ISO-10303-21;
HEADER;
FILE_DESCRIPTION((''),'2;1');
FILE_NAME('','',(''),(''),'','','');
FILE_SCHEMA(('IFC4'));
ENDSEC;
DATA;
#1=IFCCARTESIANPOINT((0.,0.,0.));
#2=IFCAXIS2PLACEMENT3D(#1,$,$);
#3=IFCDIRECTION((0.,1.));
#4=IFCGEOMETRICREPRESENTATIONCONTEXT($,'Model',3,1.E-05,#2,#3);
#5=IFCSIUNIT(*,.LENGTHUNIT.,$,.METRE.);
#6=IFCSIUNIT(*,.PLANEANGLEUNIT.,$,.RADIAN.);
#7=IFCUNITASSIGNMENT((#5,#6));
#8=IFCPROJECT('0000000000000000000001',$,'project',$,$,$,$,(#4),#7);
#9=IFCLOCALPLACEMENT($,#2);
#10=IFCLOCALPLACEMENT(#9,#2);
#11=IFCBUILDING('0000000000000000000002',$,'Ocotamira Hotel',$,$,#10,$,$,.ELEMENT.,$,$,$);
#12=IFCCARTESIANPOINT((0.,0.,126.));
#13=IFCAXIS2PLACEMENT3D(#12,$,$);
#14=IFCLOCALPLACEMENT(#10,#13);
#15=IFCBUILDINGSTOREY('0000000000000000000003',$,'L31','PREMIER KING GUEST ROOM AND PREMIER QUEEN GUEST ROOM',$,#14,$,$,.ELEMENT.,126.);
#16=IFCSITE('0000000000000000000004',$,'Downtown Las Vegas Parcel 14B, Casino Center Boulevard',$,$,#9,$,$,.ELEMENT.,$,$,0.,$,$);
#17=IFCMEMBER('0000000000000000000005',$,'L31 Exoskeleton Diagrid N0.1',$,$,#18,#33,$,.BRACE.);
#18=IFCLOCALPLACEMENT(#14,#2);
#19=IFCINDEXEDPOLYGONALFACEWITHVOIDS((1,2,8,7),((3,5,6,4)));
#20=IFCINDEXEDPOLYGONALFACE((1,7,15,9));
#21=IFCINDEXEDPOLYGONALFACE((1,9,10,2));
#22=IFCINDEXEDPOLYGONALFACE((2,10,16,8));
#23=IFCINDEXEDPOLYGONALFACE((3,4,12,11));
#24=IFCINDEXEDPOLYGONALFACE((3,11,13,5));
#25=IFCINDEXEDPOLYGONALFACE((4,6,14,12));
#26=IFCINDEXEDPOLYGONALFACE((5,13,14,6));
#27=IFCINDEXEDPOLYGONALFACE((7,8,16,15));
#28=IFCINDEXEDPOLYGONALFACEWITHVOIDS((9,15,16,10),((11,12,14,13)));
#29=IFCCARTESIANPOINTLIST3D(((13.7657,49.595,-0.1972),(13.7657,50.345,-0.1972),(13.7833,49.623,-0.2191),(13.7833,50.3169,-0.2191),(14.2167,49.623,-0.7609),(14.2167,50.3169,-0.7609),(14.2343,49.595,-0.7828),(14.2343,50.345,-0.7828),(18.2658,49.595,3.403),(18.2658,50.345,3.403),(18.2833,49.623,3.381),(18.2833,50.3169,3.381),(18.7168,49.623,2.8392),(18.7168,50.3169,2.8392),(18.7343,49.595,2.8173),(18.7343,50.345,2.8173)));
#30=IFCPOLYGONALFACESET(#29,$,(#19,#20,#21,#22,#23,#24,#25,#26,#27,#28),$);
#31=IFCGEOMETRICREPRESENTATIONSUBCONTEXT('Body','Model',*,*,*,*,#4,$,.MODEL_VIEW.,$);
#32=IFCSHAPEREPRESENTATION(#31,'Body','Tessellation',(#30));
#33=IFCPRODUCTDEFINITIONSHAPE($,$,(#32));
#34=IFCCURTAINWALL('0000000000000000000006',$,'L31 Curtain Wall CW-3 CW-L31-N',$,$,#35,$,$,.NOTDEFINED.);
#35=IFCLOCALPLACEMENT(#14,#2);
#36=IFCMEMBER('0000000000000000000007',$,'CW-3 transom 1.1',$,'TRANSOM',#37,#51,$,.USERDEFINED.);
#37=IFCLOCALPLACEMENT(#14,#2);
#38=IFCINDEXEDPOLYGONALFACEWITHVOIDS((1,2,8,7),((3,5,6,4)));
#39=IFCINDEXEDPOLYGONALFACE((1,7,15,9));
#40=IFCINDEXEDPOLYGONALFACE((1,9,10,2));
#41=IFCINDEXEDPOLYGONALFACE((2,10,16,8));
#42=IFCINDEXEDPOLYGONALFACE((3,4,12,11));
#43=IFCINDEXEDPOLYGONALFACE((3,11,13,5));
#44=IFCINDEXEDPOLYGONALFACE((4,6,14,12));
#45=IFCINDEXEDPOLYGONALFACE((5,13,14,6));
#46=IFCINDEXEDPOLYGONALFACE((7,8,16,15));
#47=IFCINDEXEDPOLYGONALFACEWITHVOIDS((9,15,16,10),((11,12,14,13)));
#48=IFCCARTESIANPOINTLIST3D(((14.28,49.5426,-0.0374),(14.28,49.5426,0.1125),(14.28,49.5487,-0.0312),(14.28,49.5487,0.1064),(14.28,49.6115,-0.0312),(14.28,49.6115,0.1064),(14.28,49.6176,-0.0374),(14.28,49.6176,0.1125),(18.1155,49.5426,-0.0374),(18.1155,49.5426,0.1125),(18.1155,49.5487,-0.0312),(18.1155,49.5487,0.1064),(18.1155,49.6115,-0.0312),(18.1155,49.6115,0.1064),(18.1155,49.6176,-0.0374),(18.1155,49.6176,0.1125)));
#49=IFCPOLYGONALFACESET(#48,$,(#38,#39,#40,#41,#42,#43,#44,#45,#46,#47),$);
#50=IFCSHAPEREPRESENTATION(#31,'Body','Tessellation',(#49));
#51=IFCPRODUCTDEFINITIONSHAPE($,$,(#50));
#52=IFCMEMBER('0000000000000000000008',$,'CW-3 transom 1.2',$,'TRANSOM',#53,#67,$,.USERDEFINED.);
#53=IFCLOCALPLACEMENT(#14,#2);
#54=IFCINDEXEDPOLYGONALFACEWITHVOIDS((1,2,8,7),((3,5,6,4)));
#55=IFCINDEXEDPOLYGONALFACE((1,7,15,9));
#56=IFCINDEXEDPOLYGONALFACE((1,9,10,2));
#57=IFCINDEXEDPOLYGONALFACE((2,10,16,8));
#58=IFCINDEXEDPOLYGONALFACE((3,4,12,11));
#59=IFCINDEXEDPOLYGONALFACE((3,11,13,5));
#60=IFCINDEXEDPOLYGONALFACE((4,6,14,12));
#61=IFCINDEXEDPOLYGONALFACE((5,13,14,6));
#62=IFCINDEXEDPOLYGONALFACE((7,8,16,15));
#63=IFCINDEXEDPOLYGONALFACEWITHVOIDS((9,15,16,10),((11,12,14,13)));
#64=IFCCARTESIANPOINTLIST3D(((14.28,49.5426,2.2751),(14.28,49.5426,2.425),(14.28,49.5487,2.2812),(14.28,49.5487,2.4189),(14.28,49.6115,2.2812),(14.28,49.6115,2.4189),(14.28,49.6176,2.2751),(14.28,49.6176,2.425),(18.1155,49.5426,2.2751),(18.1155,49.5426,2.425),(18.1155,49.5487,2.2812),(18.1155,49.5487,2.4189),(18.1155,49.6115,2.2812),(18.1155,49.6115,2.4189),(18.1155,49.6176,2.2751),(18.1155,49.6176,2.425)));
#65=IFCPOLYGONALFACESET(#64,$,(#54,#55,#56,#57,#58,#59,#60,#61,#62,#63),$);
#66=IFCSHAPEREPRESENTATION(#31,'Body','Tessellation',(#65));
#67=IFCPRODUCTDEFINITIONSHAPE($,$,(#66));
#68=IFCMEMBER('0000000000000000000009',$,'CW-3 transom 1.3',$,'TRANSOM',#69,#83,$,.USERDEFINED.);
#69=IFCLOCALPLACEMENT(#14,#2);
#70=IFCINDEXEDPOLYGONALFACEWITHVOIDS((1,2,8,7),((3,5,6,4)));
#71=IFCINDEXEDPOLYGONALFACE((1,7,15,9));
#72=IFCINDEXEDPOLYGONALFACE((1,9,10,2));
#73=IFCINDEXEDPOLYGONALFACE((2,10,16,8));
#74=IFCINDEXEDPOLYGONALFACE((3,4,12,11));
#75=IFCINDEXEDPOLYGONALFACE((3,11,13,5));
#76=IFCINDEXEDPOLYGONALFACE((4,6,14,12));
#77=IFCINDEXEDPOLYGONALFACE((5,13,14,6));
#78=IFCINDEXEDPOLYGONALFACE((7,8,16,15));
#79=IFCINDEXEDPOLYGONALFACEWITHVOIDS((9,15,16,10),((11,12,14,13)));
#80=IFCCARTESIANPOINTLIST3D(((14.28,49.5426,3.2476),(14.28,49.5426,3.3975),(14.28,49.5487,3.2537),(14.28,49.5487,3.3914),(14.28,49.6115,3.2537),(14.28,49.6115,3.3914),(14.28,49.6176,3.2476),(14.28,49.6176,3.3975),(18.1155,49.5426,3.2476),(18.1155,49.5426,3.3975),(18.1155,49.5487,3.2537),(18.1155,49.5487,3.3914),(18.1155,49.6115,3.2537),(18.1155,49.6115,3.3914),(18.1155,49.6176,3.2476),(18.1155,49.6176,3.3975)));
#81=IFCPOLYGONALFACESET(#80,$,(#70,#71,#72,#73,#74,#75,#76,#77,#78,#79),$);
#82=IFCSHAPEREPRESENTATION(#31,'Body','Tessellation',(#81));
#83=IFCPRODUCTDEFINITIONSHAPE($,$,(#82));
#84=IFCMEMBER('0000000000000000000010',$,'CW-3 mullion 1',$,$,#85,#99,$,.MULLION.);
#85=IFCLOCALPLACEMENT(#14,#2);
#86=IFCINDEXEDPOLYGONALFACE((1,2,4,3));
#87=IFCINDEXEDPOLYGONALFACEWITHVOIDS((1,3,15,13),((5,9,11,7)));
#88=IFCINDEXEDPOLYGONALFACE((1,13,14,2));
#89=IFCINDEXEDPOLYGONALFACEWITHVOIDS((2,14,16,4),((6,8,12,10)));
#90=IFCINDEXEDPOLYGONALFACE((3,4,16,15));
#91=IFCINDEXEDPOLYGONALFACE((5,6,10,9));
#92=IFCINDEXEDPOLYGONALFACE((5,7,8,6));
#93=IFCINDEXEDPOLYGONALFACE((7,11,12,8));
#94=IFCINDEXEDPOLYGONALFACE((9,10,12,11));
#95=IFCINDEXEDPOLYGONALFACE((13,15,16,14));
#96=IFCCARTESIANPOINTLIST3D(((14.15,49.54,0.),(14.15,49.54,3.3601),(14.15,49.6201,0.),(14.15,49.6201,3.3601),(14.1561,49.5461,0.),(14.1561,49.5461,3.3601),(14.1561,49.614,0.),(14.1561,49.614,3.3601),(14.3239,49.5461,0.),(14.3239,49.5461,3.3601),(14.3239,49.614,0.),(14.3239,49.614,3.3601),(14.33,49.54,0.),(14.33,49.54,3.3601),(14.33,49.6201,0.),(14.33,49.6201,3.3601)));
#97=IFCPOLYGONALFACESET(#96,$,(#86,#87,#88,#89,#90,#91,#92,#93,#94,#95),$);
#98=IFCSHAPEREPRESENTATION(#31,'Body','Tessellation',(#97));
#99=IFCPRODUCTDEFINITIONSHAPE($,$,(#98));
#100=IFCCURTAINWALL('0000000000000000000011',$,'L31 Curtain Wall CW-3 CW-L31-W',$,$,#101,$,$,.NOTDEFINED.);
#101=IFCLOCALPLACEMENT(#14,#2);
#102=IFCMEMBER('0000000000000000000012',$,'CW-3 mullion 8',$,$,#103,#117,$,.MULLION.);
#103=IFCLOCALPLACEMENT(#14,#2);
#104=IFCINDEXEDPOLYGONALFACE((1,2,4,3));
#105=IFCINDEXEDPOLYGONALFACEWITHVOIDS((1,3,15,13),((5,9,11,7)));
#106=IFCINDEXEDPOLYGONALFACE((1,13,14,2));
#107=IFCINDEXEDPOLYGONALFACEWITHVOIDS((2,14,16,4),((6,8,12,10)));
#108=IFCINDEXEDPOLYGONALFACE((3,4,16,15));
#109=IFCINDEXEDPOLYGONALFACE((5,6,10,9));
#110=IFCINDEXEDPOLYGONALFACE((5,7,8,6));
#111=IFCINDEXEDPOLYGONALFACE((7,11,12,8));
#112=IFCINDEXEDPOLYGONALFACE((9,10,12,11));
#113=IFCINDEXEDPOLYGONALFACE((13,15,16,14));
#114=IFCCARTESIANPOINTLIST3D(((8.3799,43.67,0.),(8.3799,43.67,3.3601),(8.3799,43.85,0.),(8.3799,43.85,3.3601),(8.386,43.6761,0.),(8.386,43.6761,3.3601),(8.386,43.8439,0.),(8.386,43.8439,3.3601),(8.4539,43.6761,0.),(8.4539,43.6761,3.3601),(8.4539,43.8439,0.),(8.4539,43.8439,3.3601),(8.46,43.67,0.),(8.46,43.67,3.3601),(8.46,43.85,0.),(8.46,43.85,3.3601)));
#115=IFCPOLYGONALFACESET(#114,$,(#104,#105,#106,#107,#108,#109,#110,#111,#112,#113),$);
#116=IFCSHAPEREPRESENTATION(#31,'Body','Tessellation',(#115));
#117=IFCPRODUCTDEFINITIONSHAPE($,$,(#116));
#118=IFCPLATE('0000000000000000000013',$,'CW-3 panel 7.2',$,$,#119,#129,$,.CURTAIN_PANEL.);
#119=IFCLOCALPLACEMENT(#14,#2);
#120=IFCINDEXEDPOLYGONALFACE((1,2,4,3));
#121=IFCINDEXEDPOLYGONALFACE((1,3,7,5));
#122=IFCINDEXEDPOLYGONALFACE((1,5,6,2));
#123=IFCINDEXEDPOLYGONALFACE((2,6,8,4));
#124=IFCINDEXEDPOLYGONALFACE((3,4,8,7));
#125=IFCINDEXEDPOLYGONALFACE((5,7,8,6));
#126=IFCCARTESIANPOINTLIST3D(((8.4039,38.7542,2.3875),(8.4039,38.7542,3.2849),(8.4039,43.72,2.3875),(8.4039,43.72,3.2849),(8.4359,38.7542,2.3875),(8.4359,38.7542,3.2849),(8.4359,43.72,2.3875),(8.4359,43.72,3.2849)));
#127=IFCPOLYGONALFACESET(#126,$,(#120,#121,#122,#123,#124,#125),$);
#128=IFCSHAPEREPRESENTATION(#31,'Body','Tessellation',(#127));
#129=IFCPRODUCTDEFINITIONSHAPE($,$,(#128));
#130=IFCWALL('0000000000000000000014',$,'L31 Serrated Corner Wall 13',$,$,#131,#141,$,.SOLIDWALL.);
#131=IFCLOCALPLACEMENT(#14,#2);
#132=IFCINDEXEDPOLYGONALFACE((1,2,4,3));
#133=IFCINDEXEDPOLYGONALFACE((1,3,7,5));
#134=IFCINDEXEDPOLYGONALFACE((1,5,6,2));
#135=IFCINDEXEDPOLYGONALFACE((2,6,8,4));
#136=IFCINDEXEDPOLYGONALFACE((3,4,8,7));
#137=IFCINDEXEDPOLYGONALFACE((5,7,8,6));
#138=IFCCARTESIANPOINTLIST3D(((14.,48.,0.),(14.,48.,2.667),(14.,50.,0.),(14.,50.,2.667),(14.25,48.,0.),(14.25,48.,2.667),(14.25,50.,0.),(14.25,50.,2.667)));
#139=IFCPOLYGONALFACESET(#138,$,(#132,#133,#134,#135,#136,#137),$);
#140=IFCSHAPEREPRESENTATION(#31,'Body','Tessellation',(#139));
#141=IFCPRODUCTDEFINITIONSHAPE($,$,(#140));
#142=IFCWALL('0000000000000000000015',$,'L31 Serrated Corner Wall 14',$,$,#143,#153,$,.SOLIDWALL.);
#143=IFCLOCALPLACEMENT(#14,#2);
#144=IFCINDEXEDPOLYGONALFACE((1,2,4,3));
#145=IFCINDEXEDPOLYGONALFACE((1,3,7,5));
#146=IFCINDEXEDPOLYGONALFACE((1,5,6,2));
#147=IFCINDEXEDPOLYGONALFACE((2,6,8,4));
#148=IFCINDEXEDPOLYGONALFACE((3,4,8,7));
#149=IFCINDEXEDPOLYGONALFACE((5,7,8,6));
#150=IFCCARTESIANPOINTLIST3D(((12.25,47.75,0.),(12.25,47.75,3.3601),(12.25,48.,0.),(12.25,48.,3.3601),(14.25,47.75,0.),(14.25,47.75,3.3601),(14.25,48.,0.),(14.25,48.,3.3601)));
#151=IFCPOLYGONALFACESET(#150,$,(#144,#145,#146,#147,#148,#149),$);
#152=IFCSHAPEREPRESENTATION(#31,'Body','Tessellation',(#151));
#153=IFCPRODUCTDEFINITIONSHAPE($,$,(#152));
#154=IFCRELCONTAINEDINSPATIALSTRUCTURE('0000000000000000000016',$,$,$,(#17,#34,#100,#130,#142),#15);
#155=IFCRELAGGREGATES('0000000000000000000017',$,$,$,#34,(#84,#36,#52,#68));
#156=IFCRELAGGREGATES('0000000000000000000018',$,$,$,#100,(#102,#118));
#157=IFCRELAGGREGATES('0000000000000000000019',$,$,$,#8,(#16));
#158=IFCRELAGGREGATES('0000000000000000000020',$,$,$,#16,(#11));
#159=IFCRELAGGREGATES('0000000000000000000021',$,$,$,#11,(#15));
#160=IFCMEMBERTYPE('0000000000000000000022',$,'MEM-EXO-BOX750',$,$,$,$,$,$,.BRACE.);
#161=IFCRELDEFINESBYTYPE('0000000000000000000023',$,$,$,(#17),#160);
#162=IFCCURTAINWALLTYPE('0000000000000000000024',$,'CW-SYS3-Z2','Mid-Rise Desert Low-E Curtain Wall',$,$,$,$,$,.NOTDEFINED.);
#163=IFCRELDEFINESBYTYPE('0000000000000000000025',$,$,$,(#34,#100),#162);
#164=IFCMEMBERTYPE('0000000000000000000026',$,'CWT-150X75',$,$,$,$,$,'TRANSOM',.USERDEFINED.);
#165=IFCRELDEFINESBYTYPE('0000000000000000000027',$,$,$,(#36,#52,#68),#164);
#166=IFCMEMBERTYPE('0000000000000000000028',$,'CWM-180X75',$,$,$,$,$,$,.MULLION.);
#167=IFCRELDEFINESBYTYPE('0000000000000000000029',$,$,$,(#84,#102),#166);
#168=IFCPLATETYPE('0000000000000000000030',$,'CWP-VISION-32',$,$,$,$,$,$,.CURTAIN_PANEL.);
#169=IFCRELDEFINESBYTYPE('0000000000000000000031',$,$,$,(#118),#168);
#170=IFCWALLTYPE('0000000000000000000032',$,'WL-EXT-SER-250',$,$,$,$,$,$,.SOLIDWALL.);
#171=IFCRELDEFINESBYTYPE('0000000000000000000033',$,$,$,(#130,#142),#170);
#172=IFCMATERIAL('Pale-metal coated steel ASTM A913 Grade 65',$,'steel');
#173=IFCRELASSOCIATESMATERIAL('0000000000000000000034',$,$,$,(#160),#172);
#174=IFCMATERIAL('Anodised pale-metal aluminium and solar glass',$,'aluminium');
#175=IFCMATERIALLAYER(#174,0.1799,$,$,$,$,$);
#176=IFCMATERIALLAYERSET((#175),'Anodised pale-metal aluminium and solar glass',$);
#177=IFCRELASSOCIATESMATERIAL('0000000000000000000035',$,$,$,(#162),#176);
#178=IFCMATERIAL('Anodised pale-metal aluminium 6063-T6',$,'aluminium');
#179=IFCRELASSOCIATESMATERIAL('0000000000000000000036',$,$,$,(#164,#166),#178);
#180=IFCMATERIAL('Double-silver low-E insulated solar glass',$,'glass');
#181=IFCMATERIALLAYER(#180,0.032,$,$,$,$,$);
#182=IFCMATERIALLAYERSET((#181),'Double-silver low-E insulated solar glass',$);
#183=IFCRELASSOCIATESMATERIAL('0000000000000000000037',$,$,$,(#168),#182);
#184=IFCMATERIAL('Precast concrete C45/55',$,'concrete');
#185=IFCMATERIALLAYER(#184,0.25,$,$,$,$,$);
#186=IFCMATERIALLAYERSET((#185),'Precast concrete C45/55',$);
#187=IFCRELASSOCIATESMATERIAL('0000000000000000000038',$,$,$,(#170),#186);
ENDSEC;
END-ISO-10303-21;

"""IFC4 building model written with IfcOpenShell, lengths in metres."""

from ifc_helpers import new_model, si_unit, direction, frame, frame_2d, origin, origin_2d, place, context, subcontext, project, spatial, rectangle, hollow_rectangle, extrude, source, transform, mapped, material, layer, layer_set, material_profile, profile_set, type_object, element, aggregate, save


model = new_model("IFC4")

# Units and contexts
model_context = context("Model", 3, precision=1e-05, world=origin(), true_north=direction((0.0, 1.0)))
body_context = subcontext(model_context, "Body", "Model", "MODEL_VIEW")
ifc_project = project(units=[si_unit("LENGTHUNIT", "METRE"), si_unit("PLANEANGLEUNIT", "RADIAN")], contexts=[model_context])

# Site, building, storey
site_placement = place(None, origin())
site = spatial("IfcSite", under=ifc_project, at=site_placement, Name="Downtown Las Vegas Parcel 14B, Casino Center Boulevard", CompositionType="ELEMENT", RefElevation=0.0)
building_placement = place(site_placement, origin())
building = spatial("IfcBuilding", under=site, at=building_placement, Name="Ocotamira Hotel", CompositionType="ELEMENT")
storey_placement = place(building_placement, frame((0.0, 0.0, 126.0)))
storey = spatial("IfcBuildingStorey", under=building, at=storey_placement, Name="L31", Description="PREMIER KING GUEST ROOM AND PREMIER QUEEN GUEST ROOM", CompositionType="ELEMENT", Elevation=126.0)

# Member
ifc_material_1 = material(Name="Pale-metal coated steel ASTM A913 Grade 65", Category="steel")
ifc_material_profile_1 = material_profile(ifc_material_1, hollow_rectangle(XDim=0.75, YDim=0.75, WallThickness=0.0281, at=origin_2d()), Name="BOX750X750X28")
ifc_profile_set_1 = profile_set([ifc_material_profile_1], Name="Pale-metal coated steel ASTM A913 Grade 65")
member_type_1 = type_object("IfcMemberType", Name="MEM-EXO-BOX750", PredefinedType="BRACE", material=ifc_profile_set_1)
shared_shape_1 = source(origin(), body_context, "Body", "SweptSolid", [
    extrude(hollow_rectangle(XDim=0.75, YDim=0.75, WallThickness=0.0281, at=origin_2d()), origin(), (0.0, 0.0, 1.0), 5.7629),
])
member_1_placement = place(storey_placement, frame((14.0, 49.97, -0.49), z_axis=(0.780861, 0.0, 0.624705), x_axis=(0.0, 1.0, 0.0)))
element("IfcMember", 1, at=member_1_placement, inside=storey, type_object=member_type_1, Name="L31 Exoskeleton Diagrid N0.1", PredefinedType="BRACE", context=body_context, shape_type="MappedRepresentation", body=[
    mapped(shared_shape_1, transform((0.0, 0.0, 0.0), scale=1.0)),
])

# Curtain wall, members
ifc_material_2 = material(Name="Anodised pale-metal aluminium and solar glass", Category="aluminium")
ifc_layer_1 = layer(ifc_material_2, 0.1799)
ifc_layer_set_1 = layer_set([ifc_layer_1], Name="Anodised pale-metal aluminium and solar glass")
curtain_wall_type = type_object("IfcCurtainWallType", Name="CW-SYS3-Z2", Description="Mid-Rise Desert Low-E Curtain Wall", PredefinedType="NOTDEFINED", material=ifc_layer_set_1)
curtain_wall_1_placement = place(storey_placement, origin())
curtain_wall_1 = element("IfcCurtainWall", 2, at=curtain_wall_1_placement, inside=storey, type_object=curtain_wall_type, Name="L31 Curtain Wall CW-3 CW-L31-N", PredefinedType="NOTDEFINED")
ifc_material_3 = material(Name="Anodised pale-metal aluminium 6063-T6", Category="aluminium")
ifc_material_profile_2 = material_profile(ifc_material_3, hollow_rectangle(XDim=0.075, YDim=0.1499, WallThickness=0.0061, at=origin_2d()), Name="HSS150X75X6")
ifc_profile_set_2 = profile_set([ifc_material_profile_2], Name="Anodised pale-metal aluminium 6063-T6")
member_type_2 = type_object("IfcMemberType", Name="CWT-150X75", ElementType="TRANSOM", PredefinedType="USERDEFINED", material=ifc_profile_set_2)
shared_shape_2 = source(origin(), body_context, "Body", "SweptSolid", [
    extrude(hollow_rectangle(XDim=0.075, YDim=0.1499, WallThickness=0.0061, at=origin_2d()), origin(), (0.0, 0.0, 1.0), 3.8354),
])
member_2_placement = place(storey_placement, frame((14.28, 49.5801, 0.0376), z_axis=(1.0, 0.0, 0.0), x_axis=(0.0, 1.0, 0.0)))
member_2 = element("IfcMember", 3, at=member_2_placement, type_object=member_type_2, Name="CW-3 transom 1.1", ObjectType="TRANSOM", PredefinedType="USERDEFINED", context=body_context, shape_type="MappedRepresentation", body=[
    mapped(shared_shape_2, transform((0.0, 0.0, 0.0), scale=1.0)),
])
member_3_placement = place(storey_placement, frame((14.28, 49.5801, 2.3501), z_axis=(1.0, 0.0, 0.0), x_axis=(0.0, 1.0, 0.0)))
member_3 = element("IfcMember", 4, at=member_3_placement, type_object=member_type_2, Name="CW-3 transom 1.2", ObjectType="TRANSOM", PredefinedType="USERDEFINED", context=body_context, shape_type="MappedRepresentation", body=[
    mapped(shared_shape_2, transform((0.0, 0.0, 0.0), scale=1.0)),
])
member_4_placement = place(storey_placement, frame((14.28, 49.5801, 3.3225), z_axis=(1.0, 0.0, 0.0), x_axis=(0.0, 1.0, 0.0)))
member_4 = element("IfcMember", 5, at=member_4_placement, type_object=member_type_2, Name="CW-3 transom 1.3", ObjectType="TRANSOM", PredefinedType="USERDEFINED", context=body_context, shape_type="MappedRepresentation", body=[
    mapped(shared_shape_2, transform((0.0, 0.0, 0.0), scale=1.0)),
])
ifc_material_profile_3 = material_profile(ifc_material_3, hollow_rectangle(XDim=0.0801, YDim=0.1799, WallThickness=0.0061, at=origin_2d()), Name="HSS180X80X6")
ifc_profile_set_3 = profile_set([ifc_material_profile_3], Name="Anodised pale-metal aluminium 6063-T6")
member_type_3 = type_object("IfcMemberType", Name="CWM-180X75", PredefinedType="MULLION", material=ifc_profile_set_3)
shared_shape_3 = source(origin(), body_context, "Body", "SweptSolid", [
    extrude(hollow_rectangle(XDim=0.0801, YDim=0.1799, WallThickness=0.0061, at=origin_2d()), origin(), (0.0, 0.0, 1.0), 3.3601),
])
member_5_placement = place(storey_placement, frame((14.24, 49.5801, 0.0), z_axis=(0.0, 0.0, 1.0), x_axis=(0.0, 1.0, 0.0)))
member_5 = element("IfcMember", 6, at=member_5_placement, type_object=member_type_3, Name="CW-3 mullion 1", PredefinedType="MULLION", context=body_context, shape_type="MappedRepresentation", body=[
    mapped(shared_shape_3, transform((0.0, 0.0, 0.0), scale=1.0)),
])
aggregate(curtain_wall_1, [member_5, member_2, member_3, member_4])

# Curtain wall, member, plate
curtain_wall_2_placement = place(storey_placement, origin())
curtain_wall_2 = element("IfcCurtainWall", 7, at=curtain_wall_2_placement, inside=storey, type_object=curtain_wall_type, Name="L31 Curtain Wall CW-3 CW-L31-W", PredefinedType="NOTDEFINED")
member_6_placement = place(storey_placement, frame((8.4199, 43.76, 0.0), z_axis=(0.0, 0.0, 1.0), x_axis=(-1.0, 0.0, 0.0)))
member_6 = element("IfcMember", 8, at=member_6_placement, type_object=member_type_3, Name="CW-3 mullion 8", PredefinedType="MULLION", context=body_context, shape_type="MappedRepresentation", body=[
    mapped(shared_shape_3, transform((0.0, 0.0, 0.0), scale=1.0)),
])
ifc_material_4 = material(Name="Double-silver low-E insulated solar glass", Category="glass")
ifc_layer_2 = layer(ifc_material_4, 0.032)
ifc_layer_set_2 = layer_set([ifc_layer_2], Name="Double-silver low-E insulated solar glass")
plate_type = type_object("IfcPlateType", Name="CWP-VISION-32", PredefinedType="CURTAIN_PANEL", material=ifc_layer_set_2)
shared_shape_4 = source(origin(), body_context, "Body", "SweptSolid", [
    extrude(rectangle(XDim=4.9658, YDim=0.032, at=origin_2d()), origin(), (0.0, 0.0, 1.0), 0.8975),
])
plate_placement = place(storey_placement, frame((8.4199, 41.2371, 2.3875), z_axis=(0.0, 0.0, 1.0), x_axis=(0.0, 1.0, 0.0)))
plate = element("IfcPlate", 9, at=plate_placement, type_object=plate_type, Name="CW-3 panel 7.2", PredefinedType="CURTAIN_PANEL", context=body_context, shape_type="MappedRepresentation", body=[
    mapped(shared_shape_4, transform((0.0, 0.0, 0.0), scale=1.0)),
])
aggregate(curtain_wall_2, [member_6, plate])

# Walls
ifc_material_5 = material(Name="Precast concrete C45/55", Category="concrete")
ifc_layer_3 = layer(ifc_material_5, 0.25)
ifc_layer_set_3 = layer_set([ifc_layer_3], Name="Precast concrete C45/55")
wall_type_1 = type_object("IfcWallType", Name="WL-EXT-SER-250", PredefinedType="SOLIDWALL", material=ifc_layer_set_3)
wall_1_placement = place(storey_placement, frame((14.125, 50.0, 0.0), z_axis=(0.0, 0.0, 1.0), x_axis=(0.0, -1.0, 0.0)))
element("IfcWall", 10, at=wall_1_placement, inside=storey, type_object=wall_type_1, Name="L31 Serrated Corner Wall 13", PredefinedType="SOLIDWALL", context=body_context, shape_type="SweptSolid", body=[
    extrude(rectangle(XDim=2.0, YDim=0.25, at=frame_2d((1.0, 0.0))), origin(), (0.0, 0.0, 1.0), 2.667),
])
wall_2_placement = place(storey_placement, frame((14.25, 47.875, 0.0), z_axis=(0.0, 0.0, 1.0), x_axis=(-1.0, 0.0, 0.0)))
element("IfcWall", 11, at=wall_2_placement, inside=storey, type_object=wall_type_1, Name="L31 Serrated Corner Wall 14", PredefinedType="SOLIDWALL", context=body_context, shape_type="SweptSolid", body=[
    extrude(rectangle(XDim=2.0, YDim=0.25, at=frame_2d((1.0, 0.0))), origin(), (0.0, 0.0, 1.0), 3.3601),
])

save(model, "model.ifc")
